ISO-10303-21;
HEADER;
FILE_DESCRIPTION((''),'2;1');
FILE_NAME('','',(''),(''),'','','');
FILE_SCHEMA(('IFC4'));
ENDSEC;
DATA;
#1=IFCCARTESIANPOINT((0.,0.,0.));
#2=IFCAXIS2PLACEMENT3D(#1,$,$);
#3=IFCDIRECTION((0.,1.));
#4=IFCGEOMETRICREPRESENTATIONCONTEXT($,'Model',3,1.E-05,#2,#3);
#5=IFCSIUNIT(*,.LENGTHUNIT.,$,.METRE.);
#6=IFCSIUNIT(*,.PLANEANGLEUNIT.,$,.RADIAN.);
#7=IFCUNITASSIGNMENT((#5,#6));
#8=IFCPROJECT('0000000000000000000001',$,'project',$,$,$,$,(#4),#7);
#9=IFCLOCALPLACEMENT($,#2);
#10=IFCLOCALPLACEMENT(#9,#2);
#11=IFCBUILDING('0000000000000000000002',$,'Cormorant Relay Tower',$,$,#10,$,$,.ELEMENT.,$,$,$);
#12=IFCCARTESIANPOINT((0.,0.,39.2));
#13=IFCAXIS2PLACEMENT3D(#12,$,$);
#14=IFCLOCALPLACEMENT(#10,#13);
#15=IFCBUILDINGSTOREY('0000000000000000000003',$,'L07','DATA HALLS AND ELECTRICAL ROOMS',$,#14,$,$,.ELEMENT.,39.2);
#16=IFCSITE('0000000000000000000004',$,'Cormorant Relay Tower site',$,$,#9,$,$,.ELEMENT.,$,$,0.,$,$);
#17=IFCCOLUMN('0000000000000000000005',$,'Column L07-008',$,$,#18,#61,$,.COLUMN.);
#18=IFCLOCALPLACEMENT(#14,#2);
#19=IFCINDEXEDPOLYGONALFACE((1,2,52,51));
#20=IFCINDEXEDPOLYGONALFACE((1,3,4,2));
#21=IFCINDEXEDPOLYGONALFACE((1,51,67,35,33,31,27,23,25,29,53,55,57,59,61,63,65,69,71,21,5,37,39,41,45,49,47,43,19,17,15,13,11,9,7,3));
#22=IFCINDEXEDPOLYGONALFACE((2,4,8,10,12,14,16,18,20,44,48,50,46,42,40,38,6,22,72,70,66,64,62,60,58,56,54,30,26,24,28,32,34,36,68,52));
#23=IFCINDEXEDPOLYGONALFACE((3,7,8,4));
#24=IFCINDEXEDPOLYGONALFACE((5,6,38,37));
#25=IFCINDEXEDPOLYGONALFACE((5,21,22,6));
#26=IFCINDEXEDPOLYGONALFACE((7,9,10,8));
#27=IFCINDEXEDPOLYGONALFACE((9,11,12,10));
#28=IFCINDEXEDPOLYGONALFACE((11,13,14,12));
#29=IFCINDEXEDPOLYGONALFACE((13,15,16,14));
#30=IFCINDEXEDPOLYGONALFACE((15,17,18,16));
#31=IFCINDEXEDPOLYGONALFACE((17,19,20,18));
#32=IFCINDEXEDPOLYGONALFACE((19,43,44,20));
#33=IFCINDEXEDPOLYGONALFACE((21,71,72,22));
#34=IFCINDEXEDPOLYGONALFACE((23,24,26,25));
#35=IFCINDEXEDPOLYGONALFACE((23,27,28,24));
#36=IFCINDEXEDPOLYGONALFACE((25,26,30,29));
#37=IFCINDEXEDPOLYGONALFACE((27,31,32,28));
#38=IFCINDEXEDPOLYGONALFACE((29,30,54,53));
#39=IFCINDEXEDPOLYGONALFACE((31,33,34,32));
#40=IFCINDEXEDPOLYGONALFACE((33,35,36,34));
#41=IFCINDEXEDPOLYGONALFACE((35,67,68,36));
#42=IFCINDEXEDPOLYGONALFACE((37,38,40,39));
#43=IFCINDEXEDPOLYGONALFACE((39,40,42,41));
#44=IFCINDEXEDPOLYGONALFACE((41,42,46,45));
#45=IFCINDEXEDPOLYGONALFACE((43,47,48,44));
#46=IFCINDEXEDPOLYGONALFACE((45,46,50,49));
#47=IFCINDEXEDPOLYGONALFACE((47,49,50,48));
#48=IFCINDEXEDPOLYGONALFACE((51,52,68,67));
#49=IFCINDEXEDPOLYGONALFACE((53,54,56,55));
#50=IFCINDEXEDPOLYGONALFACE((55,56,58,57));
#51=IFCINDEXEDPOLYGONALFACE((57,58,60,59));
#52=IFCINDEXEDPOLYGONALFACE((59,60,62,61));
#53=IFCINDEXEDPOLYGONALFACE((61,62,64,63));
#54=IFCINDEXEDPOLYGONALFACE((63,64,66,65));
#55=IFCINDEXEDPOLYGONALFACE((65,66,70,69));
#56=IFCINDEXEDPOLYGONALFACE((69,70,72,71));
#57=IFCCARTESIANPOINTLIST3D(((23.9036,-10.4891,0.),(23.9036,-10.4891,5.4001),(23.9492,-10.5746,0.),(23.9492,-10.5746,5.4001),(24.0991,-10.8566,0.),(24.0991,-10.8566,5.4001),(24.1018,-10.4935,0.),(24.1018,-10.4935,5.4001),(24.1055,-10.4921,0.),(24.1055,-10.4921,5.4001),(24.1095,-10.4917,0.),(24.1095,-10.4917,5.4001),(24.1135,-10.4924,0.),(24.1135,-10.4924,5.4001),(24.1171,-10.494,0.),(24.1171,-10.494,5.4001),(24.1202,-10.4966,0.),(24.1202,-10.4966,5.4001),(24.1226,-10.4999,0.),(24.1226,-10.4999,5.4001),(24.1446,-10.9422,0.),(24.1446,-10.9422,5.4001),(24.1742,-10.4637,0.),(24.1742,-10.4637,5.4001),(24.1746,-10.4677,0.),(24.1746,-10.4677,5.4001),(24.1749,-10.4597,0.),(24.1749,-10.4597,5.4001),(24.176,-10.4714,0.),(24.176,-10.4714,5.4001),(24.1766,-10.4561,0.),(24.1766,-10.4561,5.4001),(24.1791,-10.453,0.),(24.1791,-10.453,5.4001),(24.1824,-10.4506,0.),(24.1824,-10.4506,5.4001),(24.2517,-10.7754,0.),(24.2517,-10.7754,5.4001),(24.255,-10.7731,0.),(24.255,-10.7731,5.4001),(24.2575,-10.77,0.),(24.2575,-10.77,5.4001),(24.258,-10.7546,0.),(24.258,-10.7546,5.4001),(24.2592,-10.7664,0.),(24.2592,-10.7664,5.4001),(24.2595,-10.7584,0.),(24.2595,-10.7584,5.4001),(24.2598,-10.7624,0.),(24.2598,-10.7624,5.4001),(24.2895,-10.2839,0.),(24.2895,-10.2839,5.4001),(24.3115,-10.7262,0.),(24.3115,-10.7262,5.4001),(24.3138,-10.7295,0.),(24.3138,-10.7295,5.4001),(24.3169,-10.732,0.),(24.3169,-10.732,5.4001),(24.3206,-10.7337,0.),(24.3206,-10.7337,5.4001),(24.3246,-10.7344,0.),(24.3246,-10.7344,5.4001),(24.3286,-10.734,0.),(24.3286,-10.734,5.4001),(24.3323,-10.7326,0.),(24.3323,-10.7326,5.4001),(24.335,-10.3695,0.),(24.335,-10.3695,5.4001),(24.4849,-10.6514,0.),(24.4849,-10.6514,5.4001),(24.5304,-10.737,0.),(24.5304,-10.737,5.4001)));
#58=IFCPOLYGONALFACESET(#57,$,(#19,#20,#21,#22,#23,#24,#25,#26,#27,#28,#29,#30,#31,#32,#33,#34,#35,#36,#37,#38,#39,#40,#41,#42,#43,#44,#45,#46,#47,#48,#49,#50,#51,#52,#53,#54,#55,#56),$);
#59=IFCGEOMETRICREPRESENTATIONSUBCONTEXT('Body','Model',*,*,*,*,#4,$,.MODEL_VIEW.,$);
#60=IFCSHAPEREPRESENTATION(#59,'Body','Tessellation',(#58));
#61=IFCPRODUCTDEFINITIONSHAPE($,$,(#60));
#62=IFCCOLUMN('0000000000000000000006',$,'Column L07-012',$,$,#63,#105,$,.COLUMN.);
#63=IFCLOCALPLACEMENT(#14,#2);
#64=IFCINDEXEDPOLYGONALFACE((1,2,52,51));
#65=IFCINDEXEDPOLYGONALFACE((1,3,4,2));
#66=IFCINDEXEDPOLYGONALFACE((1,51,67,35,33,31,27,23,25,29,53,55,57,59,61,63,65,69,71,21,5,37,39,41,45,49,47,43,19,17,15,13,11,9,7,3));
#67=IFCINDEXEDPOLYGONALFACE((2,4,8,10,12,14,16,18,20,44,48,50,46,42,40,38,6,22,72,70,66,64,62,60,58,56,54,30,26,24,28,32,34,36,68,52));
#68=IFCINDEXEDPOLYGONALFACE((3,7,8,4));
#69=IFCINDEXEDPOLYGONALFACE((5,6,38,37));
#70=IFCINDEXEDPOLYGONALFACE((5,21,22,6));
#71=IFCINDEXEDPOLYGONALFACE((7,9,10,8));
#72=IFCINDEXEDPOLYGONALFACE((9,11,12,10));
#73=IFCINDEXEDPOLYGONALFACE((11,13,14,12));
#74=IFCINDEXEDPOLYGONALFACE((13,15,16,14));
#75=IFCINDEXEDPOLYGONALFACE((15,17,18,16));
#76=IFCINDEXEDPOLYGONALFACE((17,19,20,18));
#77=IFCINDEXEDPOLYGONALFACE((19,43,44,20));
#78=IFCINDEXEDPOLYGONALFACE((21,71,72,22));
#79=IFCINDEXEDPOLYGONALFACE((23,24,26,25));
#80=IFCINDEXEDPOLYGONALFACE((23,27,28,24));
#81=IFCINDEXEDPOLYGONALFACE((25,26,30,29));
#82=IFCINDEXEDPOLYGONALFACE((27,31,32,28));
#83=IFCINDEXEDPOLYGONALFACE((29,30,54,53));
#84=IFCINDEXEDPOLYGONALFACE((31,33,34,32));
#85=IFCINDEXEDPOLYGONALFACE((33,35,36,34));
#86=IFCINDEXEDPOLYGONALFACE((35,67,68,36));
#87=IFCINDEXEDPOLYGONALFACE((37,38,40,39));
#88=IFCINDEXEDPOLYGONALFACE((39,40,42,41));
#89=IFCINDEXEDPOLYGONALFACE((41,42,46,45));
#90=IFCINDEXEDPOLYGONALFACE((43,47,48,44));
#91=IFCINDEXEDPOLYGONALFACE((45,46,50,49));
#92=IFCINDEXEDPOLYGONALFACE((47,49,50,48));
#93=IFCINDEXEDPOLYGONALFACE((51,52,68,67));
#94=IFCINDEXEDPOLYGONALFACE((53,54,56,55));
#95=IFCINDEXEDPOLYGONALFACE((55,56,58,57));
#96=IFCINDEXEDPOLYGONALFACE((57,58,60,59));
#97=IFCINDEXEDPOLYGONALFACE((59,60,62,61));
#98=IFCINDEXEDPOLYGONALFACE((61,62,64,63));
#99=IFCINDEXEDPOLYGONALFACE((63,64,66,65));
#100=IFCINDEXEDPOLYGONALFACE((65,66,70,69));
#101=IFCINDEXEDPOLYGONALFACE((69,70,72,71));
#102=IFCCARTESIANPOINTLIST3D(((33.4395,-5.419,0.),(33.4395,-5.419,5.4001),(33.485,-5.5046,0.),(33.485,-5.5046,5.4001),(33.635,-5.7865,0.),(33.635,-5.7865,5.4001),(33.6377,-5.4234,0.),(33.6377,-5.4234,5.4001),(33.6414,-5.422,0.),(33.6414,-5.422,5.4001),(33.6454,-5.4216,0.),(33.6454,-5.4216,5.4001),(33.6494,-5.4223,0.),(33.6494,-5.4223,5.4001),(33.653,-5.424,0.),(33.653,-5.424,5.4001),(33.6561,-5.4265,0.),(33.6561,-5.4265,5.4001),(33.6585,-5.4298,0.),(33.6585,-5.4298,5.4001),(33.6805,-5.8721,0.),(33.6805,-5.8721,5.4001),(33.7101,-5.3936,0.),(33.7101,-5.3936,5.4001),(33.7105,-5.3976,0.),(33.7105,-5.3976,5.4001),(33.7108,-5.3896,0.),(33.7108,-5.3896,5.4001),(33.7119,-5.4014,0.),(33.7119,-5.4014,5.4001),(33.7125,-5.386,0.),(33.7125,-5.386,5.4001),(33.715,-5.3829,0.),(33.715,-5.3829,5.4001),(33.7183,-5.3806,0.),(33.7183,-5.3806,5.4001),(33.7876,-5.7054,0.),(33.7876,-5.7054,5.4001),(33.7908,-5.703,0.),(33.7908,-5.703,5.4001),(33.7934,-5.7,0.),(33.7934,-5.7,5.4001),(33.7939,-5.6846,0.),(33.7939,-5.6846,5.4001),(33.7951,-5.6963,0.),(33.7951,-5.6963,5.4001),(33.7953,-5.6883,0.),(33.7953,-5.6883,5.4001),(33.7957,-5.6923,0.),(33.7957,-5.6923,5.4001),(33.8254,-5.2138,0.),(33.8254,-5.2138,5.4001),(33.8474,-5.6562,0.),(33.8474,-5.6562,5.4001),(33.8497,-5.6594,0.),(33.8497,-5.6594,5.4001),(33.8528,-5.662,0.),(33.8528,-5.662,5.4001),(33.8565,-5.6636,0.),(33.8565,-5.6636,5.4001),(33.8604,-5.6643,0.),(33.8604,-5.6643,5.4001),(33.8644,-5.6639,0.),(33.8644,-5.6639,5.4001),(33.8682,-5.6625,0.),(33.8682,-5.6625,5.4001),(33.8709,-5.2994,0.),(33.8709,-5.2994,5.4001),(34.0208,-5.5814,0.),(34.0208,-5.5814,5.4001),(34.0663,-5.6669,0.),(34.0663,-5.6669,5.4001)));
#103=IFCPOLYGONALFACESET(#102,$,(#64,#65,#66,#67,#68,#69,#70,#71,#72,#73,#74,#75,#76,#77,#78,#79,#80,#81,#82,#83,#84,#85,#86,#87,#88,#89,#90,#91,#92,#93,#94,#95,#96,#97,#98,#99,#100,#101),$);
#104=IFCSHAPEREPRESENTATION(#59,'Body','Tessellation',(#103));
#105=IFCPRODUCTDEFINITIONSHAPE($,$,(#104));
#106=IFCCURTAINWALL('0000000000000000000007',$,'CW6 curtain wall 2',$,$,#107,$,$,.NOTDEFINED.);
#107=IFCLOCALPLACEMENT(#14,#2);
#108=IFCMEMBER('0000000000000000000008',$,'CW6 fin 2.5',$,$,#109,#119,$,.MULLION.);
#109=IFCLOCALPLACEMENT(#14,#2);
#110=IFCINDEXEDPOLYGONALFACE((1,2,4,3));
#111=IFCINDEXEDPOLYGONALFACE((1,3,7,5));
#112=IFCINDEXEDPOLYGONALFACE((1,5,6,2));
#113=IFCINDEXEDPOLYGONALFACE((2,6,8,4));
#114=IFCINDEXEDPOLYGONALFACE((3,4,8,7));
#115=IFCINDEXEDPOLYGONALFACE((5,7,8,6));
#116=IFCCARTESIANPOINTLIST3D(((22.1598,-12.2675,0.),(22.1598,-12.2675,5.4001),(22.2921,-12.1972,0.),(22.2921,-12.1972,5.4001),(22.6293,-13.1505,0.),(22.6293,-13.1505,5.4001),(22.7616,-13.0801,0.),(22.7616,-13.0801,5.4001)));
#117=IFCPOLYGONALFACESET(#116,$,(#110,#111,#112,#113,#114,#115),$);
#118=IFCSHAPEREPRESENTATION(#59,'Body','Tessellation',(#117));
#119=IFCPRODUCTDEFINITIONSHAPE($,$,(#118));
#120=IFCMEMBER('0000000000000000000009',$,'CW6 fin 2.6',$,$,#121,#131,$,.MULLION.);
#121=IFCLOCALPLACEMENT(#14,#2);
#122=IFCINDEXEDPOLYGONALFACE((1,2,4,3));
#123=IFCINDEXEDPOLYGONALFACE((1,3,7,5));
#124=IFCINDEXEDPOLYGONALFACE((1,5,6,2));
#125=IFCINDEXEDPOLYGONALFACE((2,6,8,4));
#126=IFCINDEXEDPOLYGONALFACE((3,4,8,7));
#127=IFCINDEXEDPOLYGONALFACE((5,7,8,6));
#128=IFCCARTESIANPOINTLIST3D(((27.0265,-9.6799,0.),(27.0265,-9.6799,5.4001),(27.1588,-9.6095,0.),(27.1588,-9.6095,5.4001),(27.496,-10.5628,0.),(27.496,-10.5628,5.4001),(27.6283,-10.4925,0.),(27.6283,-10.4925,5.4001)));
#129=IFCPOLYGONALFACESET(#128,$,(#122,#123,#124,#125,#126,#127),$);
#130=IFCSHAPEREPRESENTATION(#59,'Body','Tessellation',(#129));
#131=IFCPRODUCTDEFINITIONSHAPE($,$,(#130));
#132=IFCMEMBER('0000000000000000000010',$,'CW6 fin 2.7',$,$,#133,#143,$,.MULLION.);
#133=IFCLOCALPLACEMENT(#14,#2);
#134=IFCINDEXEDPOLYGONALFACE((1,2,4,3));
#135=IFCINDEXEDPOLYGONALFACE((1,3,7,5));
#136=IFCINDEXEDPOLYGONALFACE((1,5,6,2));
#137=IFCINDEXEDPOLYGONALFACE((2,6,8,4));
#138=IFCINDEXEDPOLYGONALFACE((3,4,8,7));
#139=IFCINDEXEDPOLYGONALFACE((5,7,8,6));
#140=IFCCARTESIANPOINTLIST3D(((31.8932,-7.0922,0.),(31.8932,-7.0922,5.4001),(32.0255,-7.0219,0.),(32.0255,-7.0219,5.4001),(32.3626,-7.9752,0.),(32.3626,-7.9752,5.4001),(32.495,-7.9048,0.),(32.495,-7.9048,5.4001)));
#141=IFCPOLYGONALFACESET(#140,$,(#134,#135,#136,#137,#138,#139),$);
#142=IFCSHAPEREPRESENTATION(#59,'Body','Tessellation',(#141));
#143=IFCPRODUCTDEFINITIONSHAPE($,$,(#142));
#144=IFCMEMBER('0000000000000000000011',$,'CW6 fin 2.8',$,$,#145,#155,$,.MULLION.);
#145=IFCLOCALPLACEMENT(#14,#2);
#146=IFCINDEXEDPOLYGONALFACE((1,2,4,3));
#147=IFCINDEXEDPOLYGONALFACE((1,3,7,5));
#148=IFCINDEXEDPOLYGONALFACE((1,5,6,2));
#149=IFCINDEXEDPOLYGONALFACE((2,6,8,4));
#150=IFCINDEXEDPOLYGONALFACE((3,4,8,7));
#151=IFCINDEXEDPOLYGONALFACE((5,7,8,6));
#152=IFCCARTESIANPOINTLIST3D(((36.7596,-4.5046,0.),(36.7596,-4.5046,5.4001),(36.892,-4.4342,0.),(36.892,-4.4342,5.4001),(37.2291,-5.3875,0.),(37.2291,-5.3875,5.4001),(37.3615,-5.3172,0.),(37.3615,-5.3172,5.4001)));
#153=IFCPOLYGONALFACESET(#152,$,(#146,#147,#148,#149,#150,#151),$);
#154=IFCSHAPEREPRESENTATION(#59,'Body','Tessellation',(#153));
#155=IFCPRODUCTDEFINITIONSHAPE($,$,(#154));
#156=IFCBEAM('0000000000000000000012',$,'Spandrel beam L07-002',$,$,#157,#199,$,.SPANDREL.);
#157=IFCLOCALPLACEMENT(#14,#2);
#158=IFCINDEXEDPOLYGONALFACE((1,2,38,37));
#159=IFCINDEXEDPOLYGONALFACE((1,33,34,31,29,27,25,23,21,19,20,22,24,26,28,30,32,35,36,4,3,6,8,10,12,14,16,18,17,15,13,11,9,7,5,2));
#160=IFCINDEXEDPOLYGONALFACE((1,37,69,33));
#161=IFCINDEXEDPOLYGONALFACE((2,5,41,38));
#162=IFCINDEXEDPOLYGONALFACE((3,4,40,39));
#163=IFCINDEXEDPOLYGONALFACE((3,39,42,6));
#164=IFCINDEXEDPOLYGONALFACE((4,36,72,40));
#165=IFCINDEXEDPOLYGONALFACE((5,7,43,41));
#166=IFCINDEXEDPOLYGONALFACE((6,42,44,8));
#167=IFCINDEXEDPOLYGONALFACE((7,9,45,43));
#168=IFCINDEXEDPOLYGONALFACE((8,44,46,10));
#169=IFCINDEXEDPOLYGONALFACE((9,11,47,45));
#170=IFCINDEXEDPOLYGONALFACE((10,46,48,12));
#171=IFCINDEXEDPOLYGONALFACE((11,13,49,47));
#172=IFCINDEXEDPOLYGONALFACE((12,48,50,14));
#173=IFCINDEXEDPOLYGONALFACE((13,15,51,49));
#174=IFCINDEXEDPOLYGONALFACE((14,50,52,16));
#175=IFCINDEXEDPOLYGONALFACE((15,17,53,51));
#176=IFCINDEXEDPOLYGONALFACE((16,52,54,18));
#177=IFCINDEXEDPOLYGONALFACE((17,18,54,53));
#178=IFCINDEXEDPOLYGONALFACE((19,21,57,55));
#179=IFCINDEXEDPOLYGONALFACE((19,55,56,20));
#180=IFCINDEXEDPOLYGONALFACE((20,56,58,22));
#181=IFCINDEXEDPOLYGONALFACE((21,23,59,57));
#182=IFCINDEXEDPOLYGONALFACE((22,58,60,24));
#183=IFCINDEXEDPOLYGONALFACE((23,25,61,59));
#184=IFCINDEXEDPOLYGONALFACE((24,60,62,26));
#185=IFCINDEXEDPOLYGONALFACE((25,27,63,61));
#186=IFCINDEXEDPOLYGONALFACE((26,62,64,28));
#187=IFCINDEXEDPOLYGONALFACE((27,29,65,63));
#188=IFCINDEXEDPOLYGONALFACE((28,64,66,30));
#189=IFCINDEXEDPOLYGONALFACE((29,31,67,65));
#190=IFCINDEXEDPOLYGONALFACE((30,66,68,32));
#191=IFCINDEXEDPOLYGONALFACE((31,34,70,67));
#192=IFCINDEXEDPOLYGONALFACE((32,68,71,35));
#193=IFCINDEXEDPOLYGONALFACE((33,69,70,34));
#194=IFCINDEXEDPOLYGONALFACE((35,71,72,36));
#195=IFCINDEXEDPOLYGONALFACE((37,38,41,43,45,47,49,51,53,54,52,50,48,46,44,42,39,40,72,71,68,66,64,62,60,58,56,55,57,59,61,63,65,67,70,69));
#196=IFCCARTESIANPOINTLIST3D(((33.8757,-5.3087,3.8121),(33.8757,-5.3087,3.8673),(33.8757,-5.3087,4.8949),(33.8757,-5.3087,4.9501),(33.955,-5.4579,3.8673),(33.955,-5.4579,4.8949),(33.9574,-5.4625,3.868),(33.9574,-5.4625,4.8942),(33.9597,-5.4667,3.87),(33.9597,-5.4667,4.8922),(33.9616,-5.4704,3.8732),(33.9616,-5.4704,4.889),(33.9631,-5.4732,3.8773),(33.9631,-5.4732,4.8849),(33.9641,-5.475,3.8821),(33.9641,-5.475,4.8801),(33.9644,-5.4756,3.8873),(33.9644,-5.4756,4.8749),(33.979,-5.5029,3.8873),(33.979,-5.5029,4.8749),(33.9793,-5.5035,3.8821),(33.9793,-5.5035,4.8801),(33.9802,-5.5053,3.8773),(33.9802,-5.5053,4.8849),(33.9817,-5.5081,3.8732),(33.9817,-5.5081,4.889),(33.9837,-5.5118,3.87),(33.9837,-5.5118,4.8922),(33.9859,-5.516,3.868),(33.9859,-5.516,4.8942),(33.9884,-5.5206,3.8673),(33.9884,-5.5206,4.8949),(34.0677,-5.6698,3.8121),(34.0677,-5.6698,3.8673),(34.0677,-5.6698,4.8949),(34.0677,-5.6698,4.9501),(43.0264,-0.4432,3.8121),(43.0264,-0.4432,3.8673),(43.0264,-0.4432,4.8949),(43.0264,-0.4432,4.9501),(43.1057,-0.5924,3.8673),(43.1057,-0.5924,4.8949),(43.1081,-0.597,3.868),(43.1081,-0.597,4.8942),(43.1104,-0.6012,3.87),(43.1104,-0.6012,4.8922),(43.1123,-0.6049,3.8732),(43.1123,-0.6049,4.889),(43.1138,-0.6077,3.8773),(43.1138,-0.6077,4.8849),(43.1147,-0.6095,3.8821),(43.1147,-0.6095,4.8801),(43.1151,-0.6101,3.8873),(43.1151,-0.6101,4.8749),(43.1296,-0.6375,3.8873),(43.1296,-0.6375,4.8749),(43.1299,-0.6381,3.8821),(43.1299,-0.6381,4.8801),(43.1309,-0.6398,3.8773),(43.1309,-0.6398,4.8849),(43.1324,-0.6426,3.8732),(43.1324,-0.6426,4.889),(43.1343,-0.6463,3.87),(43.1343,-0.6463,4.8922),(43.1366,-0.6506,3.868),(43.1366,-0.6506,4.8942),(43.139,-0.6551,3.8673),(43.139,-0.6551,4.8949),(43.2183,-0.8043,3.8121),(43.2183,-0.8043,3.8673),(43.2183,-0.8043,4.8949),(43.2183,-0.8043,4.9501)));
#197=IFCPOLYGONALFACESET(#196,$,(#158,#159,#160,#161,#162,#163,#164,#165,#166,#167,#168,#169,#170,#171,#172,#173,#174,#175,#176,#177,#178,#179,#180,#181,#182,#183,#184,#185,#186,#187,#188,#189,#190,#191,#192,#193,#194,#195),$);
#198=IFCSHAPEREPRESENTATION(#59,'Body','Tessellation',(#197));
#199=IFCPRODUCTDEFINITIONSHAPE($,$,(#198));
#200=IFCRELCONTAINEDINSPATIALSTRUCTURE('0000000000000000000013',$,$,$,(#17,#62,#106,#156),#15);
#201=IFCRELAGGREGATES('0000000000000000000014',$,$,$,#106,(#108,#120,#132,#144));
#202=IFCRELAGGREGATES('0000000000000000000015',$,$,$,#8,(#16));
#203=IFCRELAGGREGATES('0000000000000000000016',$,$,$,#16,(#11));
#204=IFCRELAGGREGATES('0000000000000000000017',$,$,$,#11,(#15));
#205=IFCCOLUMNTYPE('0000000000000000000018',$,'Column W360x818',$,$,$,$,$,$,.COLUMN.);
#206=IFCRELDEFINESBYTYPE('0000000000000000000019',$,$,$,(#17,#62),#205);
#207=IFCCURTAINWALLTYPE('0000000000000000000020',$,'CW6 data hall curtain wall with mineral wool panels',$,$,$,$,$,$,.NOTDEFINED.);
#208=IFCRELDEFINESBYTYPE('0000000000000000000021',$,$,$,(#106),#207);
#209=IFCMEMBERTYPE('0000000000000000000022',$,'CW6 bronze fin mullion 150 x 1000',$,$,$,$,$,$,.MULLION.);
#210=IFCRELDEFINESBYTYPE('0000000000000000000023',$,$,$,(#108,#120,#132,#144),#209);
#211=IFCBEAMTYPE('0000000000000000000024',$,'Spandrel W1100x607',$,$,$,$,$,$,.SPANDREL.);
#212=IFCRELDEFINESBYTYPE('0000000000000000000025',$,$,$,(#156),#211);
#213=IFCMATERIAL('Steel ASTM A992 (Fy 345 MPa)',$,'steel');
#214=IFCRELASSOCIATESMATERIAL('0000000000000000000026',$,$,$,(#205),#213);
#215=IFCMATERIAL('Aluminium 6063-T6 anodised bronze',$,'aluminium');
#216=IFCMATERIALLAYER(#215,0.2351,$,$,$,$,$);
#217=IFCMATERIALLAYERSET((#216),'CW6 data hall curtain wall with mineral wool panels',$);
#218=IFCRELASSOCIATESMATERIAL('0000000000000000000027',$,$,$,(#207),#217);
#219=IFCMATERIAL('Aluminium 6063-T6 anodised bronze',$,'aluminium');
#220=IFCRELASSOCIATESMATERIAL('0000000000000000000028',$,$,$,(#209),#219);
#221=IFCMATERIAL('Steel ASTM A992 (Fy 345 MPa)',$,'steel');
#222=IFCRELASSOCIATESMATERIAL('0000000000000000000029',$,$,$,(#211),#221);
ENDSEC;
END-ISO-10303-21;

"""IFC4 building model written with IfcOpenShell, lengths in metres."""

from ifc_helpers import new_model, si_unit, direction, frame, origin, origin_2d, place, context, subcontext, project, spatial, rectangle, i_section, extrude, material, layer, layer_set, material_profile, profile_set, type_object, element, aggregate, save


model = new_model("IFC4")

# Units and contexts
model_context = context("Model", 3, precision=1e-05, world=origin(), true_north=direction((0.0, 1.0)))
body_context = subcontext(model_context, "Body", "Model", "MODEL_VIEW")
ifc_project = project(units=[si_unit("LENGTHUNIT", "METRE"), si_unit("PLANEANGLEUNIT", "RADIAN")], contexts=[model_context])

# Site, building, storey
site_placement = place(None, origin())
site = spatial("IfcSite", under=ifc_project, at=site_placement, Name="Cormorant Relay Tower site", CompositionType="ELEMENT", RefElevation=0.0)
building_placement = place(site_placement, origin())
building = spatial("IfcBuilding", under=site, at=building_placement, Name="Cormorant Relay Tower", CompositionType="ELEMENT")
storey_placement = place(building_placement, frame((0.0, 0.0, 39.2)))
storey = spatial("IfcBuildingStorey", under=building, at=storey_placement, Name="L07", Description="DATA HALLS AND ELECTRICAL ROOMS", CompositionType="ELEMENT", Elevation=39.2)

# Columns
ifc_material_1 = material(Name="Steel ASTM A992 (Fy 345 MPa)", Category="steel")
ifc_material_profile_1 = material_profile(ifc_material_1, i_section(OverallWidth=0.437, OverallDepth=0.5132, WebThickness=0.0605, FlangeThickness=0.0969, FilletRadius=0.0154, at=origin_2d()), Name="W360x818")
ifc_profile_set_1 = profile_set([ifc_material_profile_1], Name="Steel ASTM A992 (Fy 345 MPa)")
column_type = type_object("IfcColumnType", Name="Column W360x818", PredefinedType="COLUMN", material=ifc_profile_set_1)
for number, where, z_axis, x_axis, name in (
    (1, (24.217, -10.613, 0.0), (0.0, 0.0, 1.0), (0.882948, 0.469472, 0.0), "Column L07-008"),
    (2, (33.7529, -5.543, 0.0), (0.0, 0.0, 1.0), (0.882948, 0.469472, 0.0), "Column L07-012"),
):
    element("IfcColumn", number, at=place(storey_placement, frame(where, z_axis=z_axis, x_axis=x_axis)), inside=storey, type_object=column_type, Name=name, PredefinedType="COLUMN", context=body_context, shape_type="SweptSolid", body=[
        extrude(i_section(OverallWidth=0.437, OverallDepth=0.5132, WebThickness=0.0605, FlangeThickness=0.0969, FilletRadius=0.0154, at=origin_2d()), origin(), (0.0, 0.0, 1.0), 5.4001),
    ])

# Curtain wall, members
ifc_material_2 = material(Name="Aluminium 6063-T6 anodised bronze", Category="aluminium")
ifc_layer_1 = layer(ifc_material_2, 0.2351)
ifc_layer_set_1 = layer_set([ifc_layer_1], Name="CW6 data hall curtain wall with mineral wool panels")
curtain_wall_type = type_object("IfcCurtainWallType", Name="CW6 data hall curtain wall with mineral wool panels", PredefinedType="NOTDEFINED", material=ifc_layer_set_1)
curtain_wall_placement = place(storey_placement, origin())
curtain_wall = element("IfcCurtainWall", 3, at=curtain_wall_placement, inside=storey, type_object=curtain_wall_type, Name="CW6 curtain wall 2", PredefinedType="NOTDEFINED")
ifc_material_3 = material(Name="Aluminium 6063-T6 anodised bronze", Category="aluminium")
ifc_material_profile_2 = material_profile(ifc_material_3, rectangle(XDim=0.1499, YDim=1.0, at=origin_2d()), Name="AL 150x1000")
ifc_profile_set_2 = profile_set([ifc_material_profile_2], Name="Aluminium 6063-T6 anodised bronze")
member_type = type_object("IfcMemberType", Name="CW6 bronze fin mullion 150 x 1000", PredefinedType="MULLION", material=ifc_profile_set_2)
member_1_placement = place(storey_placement, frame((22.4607, -12.6738, 0.0), z_axis=(0.0, 0.0, 1.0), x_axis=(0.882948, 0.469472, 0.0)))
member_1 = element("IfcMember", 4, at=member_1_placement, type_object=member_type, Name="CW6 fin 2.5", PredefinedType="MULLION", context=body_context, shape_type="SweptSolid", body=[
    extrude(rectangle(XDim=0.1499, YDim=1.0, at=origin_2d()), origin(), (0.0, 0.0, 1.0), 5.4001),
])
member_2_placement = place(storey_placement, frame((27.3274, -10.0862, 0.0), z_axis=(0.0, 0.0, 1.0), x_axis=(0.882948, 0.469472, 0.0)))
member_2 = element("IfcMember", 5, at=member_2_placement, type_object=member_type, Name="CW6 fin 2.6", PredefinedType="MULLION", context=body_context, shape_type="SweptSolid", body=[
    extrude(rectangle(XDim=0.1499, YDim=1.0, at=origin_2d()), origin(), (0.0, 0.0, 1.0), 5.4001),
])
member_3_placement = place(storey_placement, frame((32.1941, -7.4985, 0.0), z_axis=(0.0, 0.0, 1.0), x_axis=(0.882948, 0.469472, 0.0)))
member_3 = element("IfcMember", 6, at=member_3_placement, type_object=member_type, Name="CW6 fin 2.7", PredefinedType="MULLION", context=body_context, shape_type="SweptSolid", body=[
    extrude(rectangle(XDim=0.1499, YDim=1.0, at=origin_2d()), origin(), (0.0, 0.0, 1.0), 5.4001),
])
member_4_placement = place(storey_placement, frame((37.0605, -4.9109, 0.0), z_axis=(0.0, 0.0, 1.0), x_axis=(0.882948, 0.469472, 0.0)))
member_4 = element("IfcMember", 7, at=member_4_placement, type_object=member_type, Name="CW6 fin 2.8", PredefinedType="MULLION", context=body_context, shape_type="SweptSolid", body=[
    extrude(rectangle(XDim=0.1499, YDim=1.0, at=origin_2d()), origin(), (0.0, 0.0, 1.0), 5.4001),
])

# Beam
ifc_material_4 = material(Name="Steel ASTM A992 (Fy 345 MPa)", Category="steel")
ifc_material_profile_3 = material_profile(ifc_material_4, i_section(OverallWidth=0.4089, OverallDepth=1.1379, WebThickness=0.031, FlangeThickness=0.0552, FilletRadius=0.02, at=origin_2d()), Name="W1100x607")
ifc_profile_set_3 = profile_set([ifc_material_profile_3], Name="Steel ASTM A992 (Fy 345 MPa)")
beam_type = type_object("IfcBeamType", Name="Spandrel W1100x607", PredefinedType="SPANDREL", material=ifc_profile_set_3)
beam_placement = place(storey_placement, frame((33.9717, -5.4893, 4.3811), z_axis=(0.882948, 0.469472, 0.0), x_axis=(-0.469472, 0.882948, 0.0)))
element("IfcBeam", 8, at=beam_placement, inside=storey, type_object=beam_type, Name="Spandrel beam L07-002", PredefinedType="SPANDREL", context=body_context, shape_type="SweptSolid", body=[
    extrude(i_section(OverallWidth=0.4089, OverallDepth=1.1379, WebThickness=0.031, FlangeThickness=0.0552, FilletRadius=0.02, at=origin_2d()), origin(), (0.0, 0.0, 1.0), 10.3638),
])

aggregate(curtain_wall, [member_1, member_2, member_3, member_4])

save(model, "model.ifc")
